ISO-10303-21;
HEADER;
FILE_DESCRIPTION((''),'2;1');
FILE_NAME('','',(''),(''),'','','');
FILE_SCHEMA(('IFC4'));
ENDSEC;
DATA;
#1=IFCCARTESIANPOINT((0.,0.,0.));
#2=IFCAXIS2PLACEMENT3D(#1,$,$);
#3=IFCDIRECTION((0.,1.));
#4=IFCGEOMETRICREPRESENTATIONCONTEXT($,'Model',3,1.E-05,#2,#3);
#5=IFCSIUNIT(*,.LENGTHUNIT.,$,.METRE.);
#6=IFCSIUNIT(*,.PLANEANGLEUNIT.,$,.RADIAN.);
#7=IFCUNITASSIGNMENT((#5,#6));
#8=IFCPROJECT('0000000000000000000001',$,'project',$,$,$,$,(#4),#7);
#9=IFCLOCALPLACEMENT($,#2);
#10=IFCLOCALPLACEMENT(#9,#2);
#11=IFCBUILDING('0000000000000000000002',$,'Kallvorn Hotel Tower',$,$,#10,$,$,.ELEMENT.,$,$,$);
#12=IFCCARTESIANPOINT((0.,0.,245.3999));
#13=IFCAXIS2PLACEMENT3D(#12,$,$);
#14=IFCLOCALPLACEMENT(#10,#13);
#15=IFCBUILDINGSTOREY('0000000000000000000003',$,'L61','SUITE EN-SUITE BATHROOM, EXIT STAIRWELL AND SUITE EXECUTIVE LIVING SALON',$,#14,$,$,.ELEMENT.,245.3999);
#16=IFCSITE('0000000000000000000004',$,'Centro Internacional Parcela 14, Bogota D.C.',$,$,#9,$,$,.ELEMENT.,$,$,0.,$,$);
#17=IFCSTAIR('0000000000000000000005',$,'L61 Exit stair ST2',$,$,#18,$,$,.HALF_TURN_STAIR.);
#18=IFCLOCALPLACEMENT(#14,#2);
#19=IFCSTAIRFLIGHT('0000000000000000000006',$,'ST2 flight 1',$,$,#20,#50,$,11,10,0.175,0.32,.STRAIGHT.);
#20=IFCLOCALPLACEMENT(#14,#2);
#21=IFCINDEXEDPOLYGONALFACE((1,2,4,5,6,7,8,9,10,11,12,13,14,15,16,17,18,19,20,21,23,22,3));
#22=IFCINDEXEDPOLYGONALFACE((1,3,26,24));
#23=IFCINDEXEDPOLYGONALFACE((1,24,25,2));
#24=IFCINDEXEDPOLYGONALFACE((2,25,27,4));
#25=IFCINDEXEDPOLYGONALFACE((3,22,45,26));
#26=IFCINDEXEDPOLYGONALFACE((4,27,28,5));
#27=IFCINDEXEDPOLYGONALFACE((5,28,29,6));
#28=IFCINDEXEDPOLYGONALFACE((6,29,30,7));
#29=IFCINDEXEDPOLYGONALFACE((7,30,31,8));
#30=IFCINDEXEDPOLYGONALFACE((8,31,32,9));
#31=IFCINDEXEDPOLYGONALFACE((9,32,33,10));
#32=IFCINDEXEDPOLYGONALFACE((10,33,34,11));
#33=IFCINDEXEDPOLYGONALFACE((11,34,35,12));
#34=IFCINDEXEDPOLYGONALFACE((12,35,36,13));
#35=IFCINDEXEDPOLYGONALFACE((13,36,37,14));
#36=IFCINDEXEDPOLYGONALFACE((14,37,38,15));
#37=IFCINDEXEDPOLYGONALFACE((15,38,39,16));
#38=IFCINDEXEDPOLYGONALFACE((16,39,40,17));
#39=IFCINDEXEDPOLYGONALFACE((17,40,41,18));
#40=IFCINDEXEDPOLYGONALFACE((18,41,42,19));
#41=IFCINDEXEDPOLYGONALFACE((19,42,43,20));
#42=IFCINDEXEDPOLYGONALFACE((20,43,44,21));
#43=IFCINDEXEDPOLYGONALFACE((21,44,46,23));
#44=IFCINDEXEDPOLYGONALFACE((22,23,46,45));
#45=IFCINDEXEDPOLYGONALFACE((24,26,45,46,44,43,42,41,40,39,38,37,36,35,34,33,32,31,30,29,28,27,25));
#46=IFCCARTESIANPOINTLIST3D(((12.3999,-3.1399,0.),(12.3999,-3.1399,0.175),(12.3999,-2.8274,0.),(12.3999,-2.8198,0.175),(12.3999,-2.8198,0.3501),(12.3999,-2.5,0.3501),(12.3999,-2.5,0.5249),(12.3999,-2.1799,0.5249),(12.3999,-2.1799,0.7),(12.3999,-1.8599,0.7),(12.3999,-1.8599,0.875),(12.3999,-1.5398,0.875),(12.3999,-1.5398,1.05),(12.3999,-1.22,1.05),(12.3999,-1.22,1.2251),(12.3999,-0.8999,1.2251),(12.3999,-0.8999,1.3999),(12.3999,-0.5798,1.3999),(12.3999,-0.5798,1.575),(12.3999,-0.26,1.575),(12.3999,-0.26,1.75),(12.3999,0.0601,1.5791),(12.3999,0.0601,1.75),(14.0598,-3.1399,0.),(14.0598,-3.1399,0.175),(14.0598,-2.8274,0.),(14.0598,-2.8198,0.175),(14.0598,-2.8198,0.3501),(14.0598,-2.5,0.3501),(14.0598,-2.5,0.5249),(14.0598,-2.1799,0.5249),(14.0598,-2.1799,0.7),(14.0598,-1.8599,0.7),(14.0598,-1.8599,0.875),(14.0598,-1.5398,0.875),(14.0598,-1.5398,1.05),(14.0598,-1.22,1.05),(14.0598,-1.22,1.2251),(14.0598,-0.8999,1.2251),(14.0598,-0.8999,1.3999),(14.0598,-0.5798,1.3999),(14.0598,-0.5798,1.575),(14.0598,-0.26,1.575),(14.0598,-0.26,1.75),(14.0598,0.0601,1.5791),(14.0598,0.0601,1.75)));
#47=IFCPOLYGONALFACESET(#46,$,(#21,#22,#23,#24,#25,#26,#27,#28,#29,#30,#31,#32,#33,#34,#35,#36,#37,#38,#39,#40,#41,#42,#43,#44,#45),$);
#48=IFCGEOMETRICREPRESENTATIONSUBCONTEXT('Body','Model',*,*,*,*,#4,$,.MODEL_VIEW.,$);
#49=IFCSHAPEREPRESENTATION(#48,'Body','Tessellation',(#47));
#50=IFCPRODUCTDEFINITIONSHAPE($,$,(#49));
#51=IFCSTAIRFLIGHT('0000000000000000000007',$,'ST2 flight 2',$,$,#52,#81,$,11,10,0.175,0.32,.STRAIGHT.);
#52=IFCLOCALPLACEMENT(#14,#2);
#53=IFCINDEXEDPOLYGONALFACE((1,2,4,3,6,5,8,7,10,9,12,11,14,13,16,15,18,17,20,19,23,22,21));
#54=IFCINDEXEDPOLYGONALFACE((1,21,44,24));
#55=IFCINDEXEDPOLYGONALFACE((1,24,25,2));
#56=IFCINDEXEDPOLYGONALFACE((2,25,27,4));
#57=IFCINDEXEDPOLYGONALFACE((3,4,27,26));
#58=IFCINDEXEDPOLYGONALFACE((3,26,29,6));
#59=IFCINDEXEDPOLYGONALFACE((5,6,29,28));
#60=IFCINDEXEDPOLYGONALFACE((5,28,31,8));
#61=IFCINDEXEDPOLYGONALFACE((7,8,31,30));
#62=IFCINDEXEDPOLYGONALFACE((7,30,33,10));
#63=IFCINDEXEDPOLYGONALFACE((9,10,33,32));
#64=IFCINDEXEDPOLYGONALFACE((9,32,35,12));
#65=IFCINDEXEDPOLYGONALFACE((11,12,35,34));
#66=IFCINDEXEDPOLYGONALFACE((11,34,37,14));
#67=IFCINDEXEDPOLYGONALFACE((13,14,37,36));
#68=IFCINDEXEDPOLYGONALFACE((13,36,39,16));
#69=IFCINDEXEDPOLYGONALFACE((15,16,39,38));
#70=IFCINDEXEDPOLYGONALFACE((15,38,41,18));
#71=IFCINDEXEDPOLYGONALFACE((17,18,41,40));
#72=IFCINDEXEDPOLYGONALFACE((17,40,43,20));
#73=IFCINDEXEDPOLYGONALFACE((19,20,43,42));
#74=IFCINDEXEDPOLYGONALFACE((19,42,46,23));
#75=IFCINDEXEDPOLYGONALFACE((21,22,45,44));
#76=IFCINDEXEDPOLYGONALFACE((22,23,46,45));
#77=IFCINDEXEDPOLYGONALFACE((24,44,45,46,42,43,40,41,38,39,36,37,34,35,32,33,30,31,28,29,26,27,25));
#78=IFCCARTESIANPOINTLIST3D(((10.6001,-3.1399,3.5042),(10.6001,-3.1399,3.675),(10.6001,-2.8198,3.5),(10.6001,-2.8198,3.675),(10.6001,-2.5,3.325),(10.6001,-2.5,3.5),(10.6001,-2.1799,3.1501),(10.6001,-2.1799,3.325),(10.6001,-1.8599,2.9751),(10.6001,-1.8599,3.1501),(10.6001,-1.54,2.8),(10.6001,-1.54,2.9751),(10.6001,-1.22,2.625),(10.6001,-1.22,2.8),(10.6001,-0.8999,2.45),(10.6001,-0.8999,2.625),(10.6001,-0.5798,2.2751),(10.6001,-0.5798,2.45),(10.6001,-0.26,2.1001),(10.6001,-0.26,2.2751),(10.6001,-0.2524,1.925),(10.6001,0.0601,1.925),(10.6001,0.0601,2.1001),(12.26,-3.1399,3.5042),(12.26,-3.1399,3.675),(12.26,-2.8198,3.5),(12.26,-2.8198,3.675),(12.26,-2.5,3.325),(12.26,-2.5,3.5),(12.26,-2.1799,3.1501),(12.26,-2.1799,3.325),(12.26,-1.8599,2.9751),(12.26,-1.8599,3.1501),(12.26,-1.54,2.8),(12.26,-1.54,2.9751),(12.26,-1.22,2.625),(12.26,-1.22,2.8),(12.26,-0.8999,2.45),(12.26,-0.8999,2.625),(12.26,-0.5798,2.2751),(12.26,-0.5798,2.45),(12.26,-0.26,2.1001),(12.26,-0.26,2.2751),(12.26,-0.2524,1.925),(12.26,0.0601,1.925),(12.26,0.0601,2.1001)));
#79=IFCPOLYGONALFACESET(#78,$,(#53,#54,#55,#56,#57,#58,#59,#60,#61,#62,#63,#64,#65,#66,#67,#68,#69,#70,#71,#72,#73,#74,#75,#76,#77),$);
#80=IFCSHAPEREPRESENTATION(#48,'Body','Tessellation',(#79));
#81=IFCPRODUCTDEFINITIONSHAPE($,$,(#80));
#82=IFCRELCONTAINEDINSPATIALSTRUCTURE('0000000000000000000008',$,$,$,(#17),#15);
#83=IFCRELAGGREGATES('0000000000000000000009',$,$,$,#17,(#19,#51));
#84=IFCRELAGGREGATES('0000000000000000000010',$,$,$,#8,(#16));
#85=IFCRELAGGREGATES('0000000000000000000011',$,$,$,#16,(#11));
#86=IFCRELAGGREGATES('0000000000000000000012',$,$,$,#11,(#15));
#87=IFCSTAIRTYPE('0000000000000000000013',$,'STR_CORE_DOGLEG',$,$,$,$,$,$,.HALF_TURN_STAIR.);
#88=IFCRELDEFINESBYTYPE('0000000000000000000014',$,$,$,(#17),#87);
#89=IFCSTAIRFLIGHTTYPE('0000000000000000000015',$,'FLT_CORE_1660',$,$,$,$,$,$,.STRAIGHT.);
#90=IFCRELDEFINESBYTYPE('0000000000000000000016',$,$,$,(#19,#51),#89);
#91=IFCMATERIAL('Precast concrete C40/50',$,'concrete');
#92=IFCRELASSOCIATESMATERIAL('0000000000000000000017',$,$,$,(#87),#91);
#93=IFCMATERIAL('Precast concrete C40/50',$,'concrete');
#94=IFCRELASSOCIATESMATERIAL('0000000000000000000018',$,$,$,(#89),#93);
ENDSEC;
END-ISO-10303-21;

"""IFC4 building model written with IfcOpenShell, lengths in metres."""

from ifc_helpers import new_model, si_unit, direction, frame, origin, place, context, subcontext, project, spatial, polyline, outline, extrude, material, type_object, element, aggregate, save


model = new_model("IFC4")

# Units and contexts
model_context = context("Model", 3, precision=1e-05, world=origin(), true_north=direction((0.0, 1.0)))
body_context = subcontext(model_context, "Body", "Model", "MODEL_VIEW")
ifc_project = project(units=[si_unit("LENGTHUNIT", "METRE"), si_unit("PLANEANGLEUNIT", "RADIAN")], contexts=[model_context])

# Site, building, storey
site_placement = place(None, origin())
site = spatial("IfcSite", under=ifc_project, at=site_placement, Name="Centro Internacional Parcela 14, Bogota D.C.", CompositionType="ELEMENT", RefElevation=0.0)
building_placement = place(site_placement, origin())
building = spatial("IfcBuilding", under=site, at=building_placement, Name="Kallvorn Hotel Tower", CompositionType="ELEMENT")
storey_placement = place(building_placement, frame((0.0, 0.0, 245.3999)))
storey = spatial("IfcBuildingStorey", under=building, at=storey_placement, Name="L61", Description="SUITE EN-SUITE BATHROOM, EXIT STAIRWELL AND SUITE EXECUTIVE LIVING SALON", CompositionType="ELEMENT", Elevation=245.3999)

# Stair, stair flights
ifc_material_1 = material(Name="Precast concrete C40/50", Category="concrete")
stair_type = type_object("IfcStairType", Name="STR_CORE_DOGLEG", PredefinedType="HALF_TURN_STAIR", material=ifc_material_1)
stair_placement = place(storey_placement, origin())
stair = element("IfcStair", 1, at=stair_placement, inside=storey, type_object=stair_type, Name="L61 Exit stair ST2", PredefinedType="HALF_TURN_STAIR")
ifc_material_2 = material(Name="Precast concrete C40/50", Category="concrete")
stair_flight_type = type_object("IfcStairFlightType", Name="FLT_CORE_1660", PredefinedType="STRAIGHT", material=ifc_material_2)
stair_flight_1_placement = place(storey_placement, frame((13.23, -3.1399, 0.0), z_axis=(0.0, 0.0, 1.0), x_axis=(0.0, 1.0, 0.0)))
stair_flight_1 = element("IfcStairFlight", 2, at=stair_flight_1_placement, type_object=stair_flight_type, Name="ST2 flight 1", NumberOfRisers=11, NumberOfTreads=10, PredefinedType="STRAIGHT", RiserHeight=0.175, TreadLength=0.32, context=body_context, shape_type="SweptSolid", body=[
    extrude(outline(polyline([(0.0, 0.0), (0.0, 0.175), (0.3201, 0.175), (0.3201, 0.3501), (0.6399, 0.3501), (0.6399, 0.5249), (0.96, 0.5249), (0.96, 0.7), (1.28, 0.7), (1.28, 0.875), (1.6001, 0.875), (1.6001, 1.05), (1.9199, 1.05), (1.9199, 1.2251), (2.24, 1.2251), (2.24, 1.3999), (2.5601, 1.3999), (2.5601, 1.575), (2.8799, 1.575), (2.8799, 1.75), (3.2, 1.75), (3.2, 1.925), (3.2, 1.5791), (0.3125, 0.0), (0.0, 0.0)])), frame((0.0, 0.8301, 0.0), z_axis=(0.0, -1.0, 0.0), x_axis=(1.0, 0.0, 0.0)), (0.0, 0.0, 1.0), 1.6599),
])
stair_flight_2_placement = place(storey_placement, frame((11.4299, 0.0601, 1.925), z_axis=(0.0, 0.0, 1.0), x_axis=(0.0, -1.0, 0.0)))
stair_flight_2 = element("IfcStairFlight", 3, at=stair_flight_2_placement, type_object=stair_flight_type, Name="ST2 flight 2", NumberOfRisers=11, NumberOfTreads=10, PredefinedType="STRAIGHT", RiserHeight=0.175, TreadLength=0.32, context=body_context, shape_type="SweptSolid", body=[
    extrude(outline(polyline([(0.0, 0.0), (0.0, 0.175), (0.3201, 0.175), (0.3201, 0.3501), (0.6399, 0.3501), (0.6399, 0.5249), (0.96, 0.5249), (0.96, 0.7), (1.28, 0.7), (1.28, 0.875), (1.6001, 0.875), (1.6001, 1.05), (1.9199, 1.05), (1.9199, 1.2251), (2.24, 1.2251), (2.24, 1.3999), (2.5601, 1.3999), (2.5601, 1.575), (2.8799, 1.575), (2.8799, 1.75), (3.2, 1.75), (3.2, 1.925), (3.2, 1.5791), (0.3125, 0.0), (0.0, 0.0)])), frame((0.0, 0.8301, 0.0), z_axis=(0.0, -1.0, 0.0), x_axis=(1.0, 0.0, 0.0)), (0.0, 0.0, 1.0), 1.6599),
])
aggregate(stair, [stair_flight_1, stair_flight_2])

save(model, "model.ifc")
